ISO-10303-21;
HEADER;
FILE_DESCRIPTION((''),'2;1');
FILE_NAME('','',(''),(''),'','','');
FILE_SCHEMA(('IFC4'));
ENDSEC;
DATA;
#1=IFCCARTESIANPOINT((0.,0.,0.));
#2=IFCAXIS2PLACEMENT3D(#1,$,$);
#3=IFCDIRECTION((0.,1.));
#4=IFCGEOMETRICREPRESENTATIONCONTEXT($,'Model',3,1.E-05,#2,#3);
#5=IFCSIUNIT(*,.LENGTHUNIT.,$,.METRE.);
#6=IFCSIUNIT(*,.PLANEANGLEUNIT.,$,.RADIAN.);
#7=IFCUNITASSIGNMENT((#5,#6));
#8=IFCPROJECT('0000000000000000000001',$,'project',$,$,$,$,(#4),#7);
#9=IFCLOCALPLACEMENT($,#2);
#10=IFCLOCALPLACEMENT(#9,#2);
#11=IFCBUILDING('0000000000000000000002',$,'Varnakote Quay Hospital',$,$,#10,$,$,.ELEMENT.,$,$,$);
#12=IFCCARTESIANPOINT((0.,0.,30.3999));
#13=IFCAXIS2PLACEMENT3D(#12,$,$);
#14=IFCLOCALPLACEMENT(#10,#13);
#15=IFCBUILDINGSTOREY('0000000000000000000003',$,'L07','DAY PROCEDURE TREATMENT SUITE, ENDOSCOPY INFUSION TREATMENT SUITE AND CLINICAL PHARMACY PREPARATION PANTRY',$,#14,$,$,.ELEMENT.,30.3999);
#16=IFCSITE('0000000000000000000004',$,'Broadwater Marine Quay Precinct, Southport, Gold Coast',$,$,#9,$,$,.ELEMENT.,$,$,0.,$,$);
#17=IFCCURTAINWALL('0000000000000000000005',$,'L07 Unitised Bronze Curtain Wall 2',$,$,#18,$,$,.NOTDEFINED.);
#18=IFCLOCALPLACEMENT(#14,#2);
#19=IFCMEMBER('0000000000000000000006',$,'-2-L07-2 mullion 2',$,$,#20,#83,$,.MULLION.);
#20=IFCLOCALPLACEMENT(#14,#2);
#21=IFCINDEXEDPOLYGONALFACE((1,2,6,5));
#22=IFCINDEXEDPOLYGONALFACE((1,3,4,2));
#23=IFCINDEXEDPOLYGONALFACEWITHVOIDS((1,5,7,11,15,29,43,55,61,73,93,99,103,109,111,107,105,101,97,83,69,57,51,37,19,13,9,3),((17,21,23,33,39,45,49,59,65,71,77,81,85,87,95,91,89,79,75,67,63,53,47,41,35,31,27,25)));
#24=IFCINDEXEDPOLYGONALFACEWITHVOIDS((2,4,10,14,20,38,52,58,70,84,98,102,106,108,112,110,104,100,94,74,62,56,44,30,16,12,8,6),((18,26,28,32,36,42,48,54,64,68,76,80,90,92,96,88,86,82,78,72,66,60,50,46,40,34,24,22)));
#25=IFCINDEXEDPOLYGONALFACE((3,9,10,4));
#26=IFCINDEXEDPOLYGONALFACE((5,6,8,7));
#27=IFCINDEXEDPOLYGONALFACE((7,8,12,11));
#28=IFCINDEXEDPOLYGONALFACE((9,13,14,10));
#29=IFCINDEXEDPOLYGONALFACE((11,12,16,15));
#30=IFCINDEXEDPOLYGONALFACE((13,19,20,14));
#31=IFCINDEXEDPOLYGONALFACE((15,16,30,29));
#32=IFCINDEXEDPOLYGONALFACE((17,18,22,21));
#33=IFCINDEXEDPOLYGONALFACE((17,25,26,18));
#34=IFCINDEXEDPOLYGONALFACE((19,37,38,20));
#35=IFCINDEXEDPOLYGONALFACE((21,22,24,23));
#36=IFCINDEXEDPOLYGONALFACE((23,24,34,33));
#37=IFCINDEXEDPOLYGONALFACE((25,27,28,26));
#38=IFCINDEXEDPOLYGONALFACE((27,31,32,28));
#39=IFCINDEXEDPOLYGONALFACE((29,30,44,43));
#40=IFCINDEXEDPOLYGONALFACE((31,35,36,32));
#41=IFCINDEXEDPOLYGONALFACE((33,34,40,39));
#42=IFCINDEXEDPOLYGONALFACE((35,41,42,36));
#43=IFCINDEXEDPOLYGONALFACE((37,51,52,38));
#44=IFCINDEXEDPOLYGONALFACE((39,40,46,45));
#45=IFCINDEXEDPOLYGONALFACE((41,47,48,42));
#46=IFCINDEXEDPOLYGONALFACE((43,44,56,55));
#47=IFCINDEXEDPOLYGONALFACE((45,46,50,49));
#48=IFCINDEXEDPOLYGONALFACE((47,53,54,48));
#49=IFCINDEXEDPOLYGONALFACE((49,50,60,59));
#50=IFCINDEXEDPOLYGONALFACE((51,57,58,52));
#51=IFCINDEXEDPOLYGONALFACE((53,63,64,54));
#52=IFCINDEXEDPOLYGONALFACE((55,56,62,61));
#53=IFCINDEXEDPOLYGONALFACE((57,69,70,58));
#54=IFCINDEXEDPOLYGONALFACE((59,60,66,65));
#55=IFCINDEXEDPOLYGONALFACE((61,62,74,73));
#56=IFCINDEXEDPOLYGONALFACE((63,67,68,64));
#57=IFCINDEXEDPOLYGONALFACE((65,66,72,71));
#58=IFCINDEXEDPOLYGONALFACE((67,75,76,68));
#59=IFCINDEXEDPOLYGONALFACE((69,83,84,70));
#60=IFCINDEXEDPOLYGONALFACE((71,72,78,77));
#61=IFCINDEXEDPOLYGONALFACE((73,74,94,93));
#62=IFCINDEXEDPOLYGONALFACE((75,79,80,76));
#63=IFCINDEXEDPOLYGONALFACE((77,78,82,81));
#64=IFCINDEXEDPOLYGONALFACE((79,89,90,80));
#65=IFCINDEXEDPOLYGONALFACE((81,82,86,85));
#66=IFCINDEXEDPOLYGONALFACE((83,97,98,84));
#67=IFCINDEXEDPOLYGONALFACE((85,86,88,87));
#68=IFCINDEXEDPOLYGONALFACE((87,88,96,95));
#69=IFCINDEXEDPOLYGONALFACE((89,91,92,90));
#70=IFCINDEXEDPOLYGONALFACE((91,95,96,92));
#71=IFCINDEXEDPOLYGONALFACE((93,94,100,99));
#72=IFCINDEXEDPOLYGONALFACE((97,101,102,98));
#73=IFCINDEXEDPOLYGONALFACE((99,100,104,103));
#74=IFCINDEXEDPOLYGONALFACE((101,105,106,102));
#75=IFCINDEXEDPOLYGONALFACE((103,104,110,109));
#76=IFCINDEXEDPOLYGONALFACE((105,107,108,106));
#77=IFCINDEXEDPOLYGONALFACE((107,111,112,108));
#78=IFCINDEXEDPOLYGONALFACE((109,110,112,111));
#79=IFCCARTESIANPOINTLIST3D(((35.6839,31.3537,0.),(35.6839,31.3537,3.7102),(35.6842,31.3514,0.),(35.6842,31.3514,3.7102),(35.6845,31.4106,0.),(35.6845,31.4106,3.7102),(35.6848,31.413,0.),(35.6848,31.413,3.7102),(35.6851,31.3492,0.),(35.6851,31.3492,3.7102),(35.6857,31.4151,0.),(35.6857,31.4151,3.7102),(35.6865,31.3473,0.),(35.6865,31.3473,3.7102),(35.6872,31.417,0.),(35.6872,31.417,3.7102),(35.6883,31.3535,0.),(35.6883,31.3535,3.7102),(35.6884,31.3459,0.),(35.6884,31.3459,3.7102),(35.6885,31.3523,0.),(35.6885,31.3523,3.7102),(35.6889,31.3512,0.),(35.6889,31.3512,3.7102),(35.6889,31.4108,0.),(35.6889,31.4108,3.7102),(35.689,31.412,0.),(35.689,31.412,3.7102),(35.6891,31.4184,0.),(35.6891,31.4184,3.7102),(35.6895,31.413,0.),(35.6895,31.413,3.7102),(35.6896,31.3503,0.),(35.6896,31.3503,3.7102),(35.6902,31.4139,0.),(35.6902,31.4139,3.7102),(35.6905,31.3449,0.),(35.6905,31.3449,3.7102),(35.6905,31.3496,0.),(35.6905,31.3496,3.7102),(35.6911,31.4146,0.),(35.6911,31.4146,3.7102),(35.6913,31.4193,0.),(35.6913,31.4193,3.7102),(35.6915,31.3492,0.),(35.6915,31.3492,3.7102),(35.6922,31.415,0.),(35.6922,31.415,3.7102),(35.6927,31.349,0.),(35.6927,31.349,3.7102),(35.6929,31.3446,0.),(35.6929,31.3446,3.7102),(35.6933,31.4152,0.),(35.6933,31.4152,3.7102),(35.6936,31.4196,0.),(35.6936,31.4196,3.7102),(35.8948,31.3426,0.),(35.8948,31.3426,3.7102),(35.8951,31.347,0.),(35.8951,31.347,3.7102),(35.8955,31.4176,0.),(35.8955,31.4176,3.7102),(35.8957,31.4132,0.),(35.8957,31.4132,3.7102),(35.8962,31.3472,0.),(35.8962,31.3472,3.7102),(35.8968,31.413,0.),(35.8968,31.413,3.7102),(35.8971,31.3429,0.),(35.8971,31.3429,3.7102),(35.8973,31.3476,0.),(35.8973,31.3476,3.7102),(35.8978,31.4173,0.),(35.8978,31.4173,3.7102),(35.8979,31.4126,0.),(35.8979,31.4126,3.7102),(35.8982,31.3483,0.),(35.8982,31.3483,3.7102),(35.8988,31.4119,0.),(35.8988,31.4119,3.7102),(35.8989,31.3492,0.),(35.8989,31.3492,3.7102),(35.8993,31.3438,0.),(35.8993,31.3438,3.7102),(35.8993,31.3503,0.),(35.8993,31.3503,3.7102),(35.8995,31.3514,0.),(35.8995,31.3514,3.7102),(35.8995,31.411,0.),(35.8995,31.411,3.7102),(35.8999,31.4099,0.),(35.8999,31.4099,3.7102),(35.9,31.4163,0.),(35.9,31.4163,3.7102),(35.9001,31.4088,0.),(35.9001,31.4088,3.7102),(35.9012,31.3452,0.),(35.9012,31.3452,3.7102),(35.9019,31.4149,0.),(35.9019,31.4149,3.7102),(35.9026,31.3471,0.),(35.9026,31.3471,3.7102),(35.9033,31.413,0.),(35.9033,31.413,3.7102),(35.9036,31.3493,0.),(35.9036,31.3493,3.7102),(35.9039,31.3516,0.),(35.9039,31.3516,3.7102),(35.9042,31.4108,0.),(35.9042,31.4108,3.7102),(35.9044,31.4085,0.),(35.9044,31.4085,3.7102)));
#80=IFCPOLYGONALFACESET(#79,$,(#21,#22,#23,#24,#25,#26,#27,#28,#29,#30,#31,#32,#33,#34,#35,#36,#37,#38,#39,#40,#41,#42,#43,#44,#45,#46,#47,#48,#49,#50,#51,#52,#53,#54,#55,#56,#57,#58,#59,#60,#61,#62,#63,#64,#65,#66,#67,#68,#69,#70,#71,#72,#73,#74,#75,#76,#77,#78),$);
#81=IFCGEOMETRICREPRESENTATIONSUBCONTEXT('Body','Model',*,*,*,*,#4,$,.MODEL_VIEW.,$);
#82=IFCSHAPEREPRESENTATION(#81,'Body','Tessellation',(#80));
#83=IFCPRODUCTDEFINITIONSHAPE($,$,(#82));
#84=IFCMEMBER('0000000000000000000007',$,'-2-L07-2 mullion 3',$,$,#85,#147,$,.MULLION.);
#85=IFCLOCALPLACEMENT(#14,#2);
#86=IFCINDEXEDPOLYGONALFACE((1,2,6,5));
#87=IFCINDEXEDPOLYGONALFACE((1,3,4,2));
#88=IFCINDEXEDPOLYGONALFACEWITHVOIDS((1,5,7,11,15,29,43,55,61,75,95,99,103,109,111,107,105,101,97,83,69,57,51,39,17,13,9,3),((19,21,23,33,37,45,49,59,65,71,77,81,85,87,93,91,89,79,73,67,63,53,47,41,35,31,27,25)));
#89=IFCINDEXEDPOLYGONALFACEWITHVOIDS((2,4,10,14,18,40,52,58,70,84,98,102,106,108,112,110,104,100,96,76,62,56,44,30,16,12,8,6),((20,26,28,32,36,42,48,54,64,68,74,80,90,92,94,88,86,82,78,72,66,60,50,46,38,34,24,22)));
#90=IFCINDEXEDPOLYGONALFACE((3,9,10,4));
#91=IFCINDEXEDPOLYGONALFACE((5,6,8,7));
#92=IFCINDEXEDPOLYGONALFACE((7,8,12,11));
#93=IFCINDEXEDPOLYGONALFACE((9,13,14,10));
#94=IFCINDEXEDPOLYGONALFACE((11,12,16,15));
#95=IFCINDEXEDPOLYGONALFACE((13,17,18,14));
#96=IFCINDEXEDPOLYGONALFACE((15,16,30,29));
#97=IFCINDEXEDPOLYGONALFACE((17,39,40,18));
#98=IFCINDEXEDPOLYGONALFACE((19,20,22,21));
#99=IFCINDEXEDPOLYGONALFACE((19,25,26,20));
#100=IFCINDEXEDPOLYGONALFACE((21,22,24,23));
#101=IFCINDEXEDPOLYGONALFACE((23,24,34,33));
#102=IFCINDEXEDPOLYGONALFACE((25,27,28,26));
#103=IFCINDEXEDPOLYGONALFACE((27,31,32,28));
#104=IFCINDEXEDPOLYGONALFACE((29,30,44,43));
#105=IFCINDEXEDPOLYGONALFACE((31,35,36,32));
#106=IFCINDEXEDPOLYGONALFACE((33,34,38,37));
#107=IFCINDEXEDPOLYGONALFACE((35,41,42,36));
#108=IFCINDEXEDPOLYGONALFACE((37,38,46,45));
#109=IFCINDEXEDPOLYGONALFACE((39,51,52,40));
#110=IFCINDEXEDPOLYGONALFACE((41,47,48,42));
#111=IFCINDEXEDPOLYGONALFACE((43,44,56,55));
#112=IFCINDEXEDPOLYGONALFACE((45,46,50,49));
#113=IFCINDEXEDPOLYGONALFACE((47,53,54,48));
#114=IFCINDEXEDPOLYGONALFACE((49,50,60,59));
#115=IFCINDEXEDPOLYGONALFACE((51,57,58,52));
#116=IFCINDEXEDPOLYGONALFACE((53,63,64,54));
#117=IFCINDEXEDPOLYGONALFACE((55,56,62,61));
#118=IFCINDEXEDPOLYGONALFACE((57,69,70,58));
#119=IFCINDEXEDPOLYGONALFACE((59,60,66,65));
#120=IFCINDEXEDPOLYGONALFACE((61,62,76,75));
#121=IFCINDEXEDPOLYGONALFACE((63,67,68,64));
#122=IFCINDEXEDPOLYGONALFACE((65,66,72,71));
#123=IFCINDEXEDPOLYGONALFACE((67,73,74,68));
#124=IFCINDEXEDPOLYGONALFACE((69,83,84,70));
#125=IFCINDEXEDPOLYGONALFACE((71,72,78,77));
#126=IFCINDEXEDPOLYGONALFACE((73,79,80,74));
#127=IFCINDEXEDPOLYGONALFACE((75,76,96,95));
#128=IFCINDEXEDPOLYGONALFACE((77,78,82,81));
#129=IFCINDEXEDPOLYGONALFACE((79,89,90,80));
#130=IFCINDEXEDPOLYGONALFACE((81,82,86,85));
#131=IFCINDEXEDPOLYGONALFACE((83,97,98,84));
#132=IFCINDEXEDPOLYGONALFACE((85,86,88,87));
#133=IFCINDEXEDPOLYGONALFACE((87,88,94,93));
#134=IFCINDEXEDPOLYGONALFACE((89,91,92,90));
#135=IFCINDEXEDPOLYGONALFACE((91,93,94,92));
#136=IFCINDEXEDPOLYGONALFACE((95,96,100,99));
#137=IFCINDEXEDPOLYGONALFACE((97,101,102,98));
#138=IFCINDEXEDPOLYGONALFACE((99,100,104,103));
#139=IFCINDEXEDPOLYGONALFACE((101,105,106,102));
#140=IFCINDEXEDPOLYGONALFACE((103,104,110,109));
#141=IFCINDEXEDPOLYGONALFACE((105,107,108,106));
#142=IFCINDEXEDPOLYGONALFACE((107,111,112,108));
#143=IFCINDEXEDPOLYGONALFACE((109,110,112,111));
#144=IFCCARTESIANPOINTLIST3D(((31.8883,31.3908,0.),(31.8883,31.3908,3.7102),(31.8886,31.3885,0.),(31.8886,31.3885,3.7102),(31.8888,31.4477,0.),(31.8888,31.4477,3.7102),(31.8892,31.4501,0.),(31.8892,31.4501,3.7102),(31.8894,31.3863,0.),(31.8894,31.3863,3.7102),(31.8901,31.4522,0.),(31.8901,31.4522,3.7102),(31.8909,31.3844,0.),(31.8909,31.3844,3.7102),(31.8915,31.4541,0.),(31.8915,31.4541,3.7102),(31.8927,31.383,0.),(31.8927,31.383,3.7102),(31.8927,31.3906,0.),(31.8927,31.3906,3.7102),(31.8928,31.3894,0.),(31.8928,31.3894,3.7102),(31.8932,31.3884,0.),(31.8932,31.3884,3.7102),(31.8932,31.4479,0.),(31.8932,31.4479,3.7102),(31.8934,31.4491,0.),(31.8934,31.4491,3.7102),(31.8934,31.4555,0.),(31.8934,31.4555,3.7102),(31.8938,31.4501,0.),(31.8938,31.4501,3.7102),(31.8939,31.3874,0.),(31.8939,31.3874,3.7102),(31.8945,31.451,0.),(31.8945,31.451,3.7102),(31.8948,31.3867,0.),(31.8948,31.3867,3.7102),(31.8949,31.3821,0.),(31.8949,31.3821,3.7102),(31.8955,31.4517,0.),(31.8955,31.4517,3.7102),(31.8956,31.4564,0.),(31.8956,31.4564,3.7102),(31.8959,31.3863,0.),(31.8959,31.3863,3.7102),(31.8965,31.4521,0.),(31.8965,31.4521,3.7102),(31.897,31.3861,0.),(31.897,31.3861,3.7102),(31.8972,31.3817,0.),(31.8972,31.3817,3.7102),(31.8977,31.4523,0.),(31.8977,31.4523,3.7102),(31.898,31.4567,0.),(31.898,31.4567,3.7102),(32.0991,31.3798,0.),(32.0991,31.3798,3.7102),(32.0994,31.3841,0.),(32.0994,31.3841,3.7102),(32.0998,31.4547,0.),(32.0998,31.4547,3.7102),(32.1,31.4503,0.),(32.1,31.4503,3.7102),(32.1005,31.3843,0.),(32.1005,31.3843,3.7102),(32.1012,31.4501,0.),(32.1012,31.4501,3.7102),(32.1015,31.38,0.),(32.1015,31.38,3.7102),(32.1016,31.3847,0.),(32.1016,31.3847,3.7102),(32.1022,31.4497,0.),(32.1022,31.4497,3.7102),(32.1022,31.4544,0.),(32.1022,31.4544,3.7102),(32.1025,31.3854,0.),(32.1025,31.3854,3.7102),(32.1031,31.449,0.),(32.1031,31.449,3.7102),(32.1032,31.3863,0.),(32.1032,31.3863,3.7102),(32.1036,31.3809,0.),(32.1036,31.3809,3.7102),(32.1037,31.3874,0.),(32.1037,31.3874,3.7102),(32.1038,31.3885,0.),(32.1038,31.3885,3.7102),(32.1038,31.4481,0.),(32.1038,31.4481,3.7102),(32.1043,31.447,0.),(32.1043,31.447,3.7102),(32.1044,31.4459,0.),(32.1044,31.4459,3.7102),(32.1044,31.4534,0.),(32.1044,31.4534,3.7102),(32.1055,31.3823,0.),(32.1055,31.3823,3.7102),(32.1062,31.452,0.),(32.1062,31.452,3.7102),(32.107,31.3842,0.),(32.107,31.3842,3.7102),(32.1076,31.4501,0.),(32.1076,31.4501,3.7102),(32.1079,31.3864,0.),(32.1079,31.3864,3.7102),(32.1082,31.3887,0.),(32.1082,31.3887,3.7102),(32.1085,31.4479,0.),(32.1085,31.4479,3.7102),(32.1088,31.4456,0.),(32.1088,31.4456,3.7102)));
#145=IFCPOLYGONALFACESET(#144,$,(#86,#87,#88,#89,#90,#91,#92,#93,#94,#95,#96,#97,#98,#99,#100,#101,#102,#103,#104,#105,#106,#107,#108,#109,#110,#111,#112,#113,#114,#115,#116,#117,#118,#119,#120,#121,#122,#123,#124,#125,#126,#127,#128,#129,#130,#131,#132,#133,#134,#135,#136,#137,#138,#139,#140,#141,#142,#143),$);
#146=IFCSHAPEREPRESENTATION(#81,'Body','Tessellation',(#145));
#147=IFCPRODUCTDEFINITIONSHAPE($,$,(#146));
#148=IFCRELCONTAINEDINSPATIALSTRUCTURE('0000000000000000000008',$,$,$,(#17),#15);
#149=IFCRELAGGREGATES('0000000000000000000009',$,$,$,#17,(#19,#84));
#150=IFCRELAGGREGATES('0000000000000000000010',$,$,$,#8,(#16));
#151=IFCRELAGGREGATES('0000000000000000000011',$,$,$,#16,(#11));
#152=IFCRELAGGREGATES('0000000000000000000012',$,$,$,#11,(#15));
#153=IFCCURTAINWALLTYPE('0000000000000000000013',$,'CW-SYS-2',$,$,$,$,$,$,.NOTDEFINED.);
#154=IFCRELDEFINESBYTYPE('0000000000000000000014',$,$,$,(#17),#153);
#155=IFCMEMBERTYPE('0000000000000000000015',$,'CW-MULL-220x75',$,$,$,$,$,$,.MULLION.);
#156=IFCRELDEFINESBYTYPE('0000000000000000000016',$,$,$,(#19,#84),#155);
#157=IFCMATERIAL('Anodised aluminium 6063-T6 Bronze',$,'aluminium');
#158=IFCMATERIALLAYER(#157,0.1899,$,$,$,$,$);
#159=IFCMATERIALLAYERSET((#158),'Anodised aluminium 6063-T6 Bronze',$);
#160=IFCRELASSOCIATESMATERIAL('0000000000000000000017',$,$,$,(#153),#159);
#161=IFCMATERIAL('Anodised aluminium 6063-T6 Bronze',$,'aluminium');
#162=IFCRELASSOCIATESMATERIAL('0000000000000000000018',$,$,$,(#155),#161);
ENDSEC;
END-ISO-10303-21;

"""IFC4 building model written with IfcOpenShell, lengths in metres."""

from ifc_helpers import new_model, si_unit, direction, frame, origin, origin_2d, place, context, subcontext, project, spatial, hollow_rectangle, extrude, material, layer, layer_set, material_profile, profile_set, type_object, element, aggregate, save


model = new_model("IFC4")

# Units and contexts
model_context = context("Model", 3, precision=1e-05, world=origin(), true_north=direction((0.0, 1.0)))
body_context = subcontext(model_context, "Body", "Model", "MODEL_VIEW")
ifc_project = project(units=[si_unit("LENGTHUNIT", "METRE"), si_unit("PLANEANGLEUNIT", "RADIAN")], contexts=[model_context])

# Site, building, storey
site_placement = place(None, origin())
site = spatial("IfcSite", under=ifc_project, at=site_placement, Name="Broadwater Marine Quay Precinct, Southport, Gold Coast", CompositionType="ELEMENT", RefElevation=0.0)
building_placement = place(site_placement, origin())
building = spatial("IfcBuilding", under=site, at=building_placement, Name="Varnakote Quay Hospital", CompositionType="ELEMENT")
storey_placement = place(building_placement, frame((0.0, 0.0, 30.3999)))
storey = spatial("IfcBuildingStorey", under=building, at=storey_placement, Name="L07", Description="DAY PROCEDURE TREATMENT SUITE, ENDOSCOPY INFUSION TREATMENT SUITE AND CLINICAL PHARMACY PREPARATION PANTRY", CompositionType="ELEMENT", Elevation=30.3999)

# Shared definitions
ifc_material_1 = material(Name="Anodised aluminium 6063-T6 Bronze", Category="aluminium")
ifc_layer_1 = layer(ifc_material_1, 0.1899)
ifc_layer_set_1 = layer_set([ifc_layer_1], Name="Anodised aluminium 6063-T6 Bronze")
curtain_wall_type = type_object("IfcCurtainWallType", Name="CW-SYS-2", PredefinedType="NOTDEFINED", material=ifc_layer_set_1)
ifc_material_2 = material(Name="Anodised aluminium 6063-T6 Bronze", Category="aluminium")
ifc_material_profile_1 = material_profile(ifc_material_2, hollow_rectangle(XDim=0.075, YDim=0.22, WallThickness=0.0044, InnerFilletRadius=0.0044, OuterFilletRadius=0.009, at=origin_2d()), Name="CW-MULL-220x75")
ifc_profile_set_1 = profile_set([ifc_material_profile_1], Name="Anodised aluminium 6063-T6 Bronze")
member_type_1 = type_object("IfcMemberType", Name="CW-MULL-220x75", PredefinedType="MULLION", material=ifc_profile_set_1)

# Curtain wall, members
curtain_wall_1_placement = place(storey_placement, origin())
curtain_wall_1 = element("IfcCurtainWall", 1, at=curtain_wall_1_placement, inside=storey, type_object=curtain_wall_type, Name="L07 Unitised Bronze Curtain Wall 2", PredefinedType="NOTDEFINED")
member_1_placement = place(storey_placement, frame((35.7942, 31.3811, 0.0), z_axis=(0.0, 0.0, 1.0), x_axis=(-0.009774, -0.999952, 0.0)))
member_1 = element("IfcMember", 2, at=member_1_placement, type_object=member_type_1, Name="-2-L07-2 mullion 2", PredefinedType="MULLION", context=body_context, shape_type="SweptSolid", body=[
    extrude(hollow_rectangle(XDim=0.075, YDim=0.22, WallThickness=0.0044, InnerFilletRadius=0.0044, OuterFilletRadius=0.009, at=origin_2d()), origin(), (0.0, 0.0, 1.0), 3.7102),
])
member_2_placement = place(storey_placement, frame((31.9985, 31.4182, 0.0), z_axis=(0.0, 0.0, 1.0), x_axis=(-0.009774, -0.999952, 0.0)))
member_2 = element("IfcMember", 3, at=member_2_placement, type_object=member_type_1, Name="-2-L07-2 mullion 3", PredefinedType="MULLION", context=body_context, shape_type="SweptSolid", body=[
    extrude(hollow_rectangle(XDim=0.075, YDim=0.22, WallThickness=0.0044, InnerFilletRadius=0.0044, OuterFilletRadius=0.009, at=origin_2d()), origin(), (0.0, 0.0, 1.0), 3.7102),
])

aggregate(curtain_wall_1, [member_1, member_2])

save(model, "model.ifc")
